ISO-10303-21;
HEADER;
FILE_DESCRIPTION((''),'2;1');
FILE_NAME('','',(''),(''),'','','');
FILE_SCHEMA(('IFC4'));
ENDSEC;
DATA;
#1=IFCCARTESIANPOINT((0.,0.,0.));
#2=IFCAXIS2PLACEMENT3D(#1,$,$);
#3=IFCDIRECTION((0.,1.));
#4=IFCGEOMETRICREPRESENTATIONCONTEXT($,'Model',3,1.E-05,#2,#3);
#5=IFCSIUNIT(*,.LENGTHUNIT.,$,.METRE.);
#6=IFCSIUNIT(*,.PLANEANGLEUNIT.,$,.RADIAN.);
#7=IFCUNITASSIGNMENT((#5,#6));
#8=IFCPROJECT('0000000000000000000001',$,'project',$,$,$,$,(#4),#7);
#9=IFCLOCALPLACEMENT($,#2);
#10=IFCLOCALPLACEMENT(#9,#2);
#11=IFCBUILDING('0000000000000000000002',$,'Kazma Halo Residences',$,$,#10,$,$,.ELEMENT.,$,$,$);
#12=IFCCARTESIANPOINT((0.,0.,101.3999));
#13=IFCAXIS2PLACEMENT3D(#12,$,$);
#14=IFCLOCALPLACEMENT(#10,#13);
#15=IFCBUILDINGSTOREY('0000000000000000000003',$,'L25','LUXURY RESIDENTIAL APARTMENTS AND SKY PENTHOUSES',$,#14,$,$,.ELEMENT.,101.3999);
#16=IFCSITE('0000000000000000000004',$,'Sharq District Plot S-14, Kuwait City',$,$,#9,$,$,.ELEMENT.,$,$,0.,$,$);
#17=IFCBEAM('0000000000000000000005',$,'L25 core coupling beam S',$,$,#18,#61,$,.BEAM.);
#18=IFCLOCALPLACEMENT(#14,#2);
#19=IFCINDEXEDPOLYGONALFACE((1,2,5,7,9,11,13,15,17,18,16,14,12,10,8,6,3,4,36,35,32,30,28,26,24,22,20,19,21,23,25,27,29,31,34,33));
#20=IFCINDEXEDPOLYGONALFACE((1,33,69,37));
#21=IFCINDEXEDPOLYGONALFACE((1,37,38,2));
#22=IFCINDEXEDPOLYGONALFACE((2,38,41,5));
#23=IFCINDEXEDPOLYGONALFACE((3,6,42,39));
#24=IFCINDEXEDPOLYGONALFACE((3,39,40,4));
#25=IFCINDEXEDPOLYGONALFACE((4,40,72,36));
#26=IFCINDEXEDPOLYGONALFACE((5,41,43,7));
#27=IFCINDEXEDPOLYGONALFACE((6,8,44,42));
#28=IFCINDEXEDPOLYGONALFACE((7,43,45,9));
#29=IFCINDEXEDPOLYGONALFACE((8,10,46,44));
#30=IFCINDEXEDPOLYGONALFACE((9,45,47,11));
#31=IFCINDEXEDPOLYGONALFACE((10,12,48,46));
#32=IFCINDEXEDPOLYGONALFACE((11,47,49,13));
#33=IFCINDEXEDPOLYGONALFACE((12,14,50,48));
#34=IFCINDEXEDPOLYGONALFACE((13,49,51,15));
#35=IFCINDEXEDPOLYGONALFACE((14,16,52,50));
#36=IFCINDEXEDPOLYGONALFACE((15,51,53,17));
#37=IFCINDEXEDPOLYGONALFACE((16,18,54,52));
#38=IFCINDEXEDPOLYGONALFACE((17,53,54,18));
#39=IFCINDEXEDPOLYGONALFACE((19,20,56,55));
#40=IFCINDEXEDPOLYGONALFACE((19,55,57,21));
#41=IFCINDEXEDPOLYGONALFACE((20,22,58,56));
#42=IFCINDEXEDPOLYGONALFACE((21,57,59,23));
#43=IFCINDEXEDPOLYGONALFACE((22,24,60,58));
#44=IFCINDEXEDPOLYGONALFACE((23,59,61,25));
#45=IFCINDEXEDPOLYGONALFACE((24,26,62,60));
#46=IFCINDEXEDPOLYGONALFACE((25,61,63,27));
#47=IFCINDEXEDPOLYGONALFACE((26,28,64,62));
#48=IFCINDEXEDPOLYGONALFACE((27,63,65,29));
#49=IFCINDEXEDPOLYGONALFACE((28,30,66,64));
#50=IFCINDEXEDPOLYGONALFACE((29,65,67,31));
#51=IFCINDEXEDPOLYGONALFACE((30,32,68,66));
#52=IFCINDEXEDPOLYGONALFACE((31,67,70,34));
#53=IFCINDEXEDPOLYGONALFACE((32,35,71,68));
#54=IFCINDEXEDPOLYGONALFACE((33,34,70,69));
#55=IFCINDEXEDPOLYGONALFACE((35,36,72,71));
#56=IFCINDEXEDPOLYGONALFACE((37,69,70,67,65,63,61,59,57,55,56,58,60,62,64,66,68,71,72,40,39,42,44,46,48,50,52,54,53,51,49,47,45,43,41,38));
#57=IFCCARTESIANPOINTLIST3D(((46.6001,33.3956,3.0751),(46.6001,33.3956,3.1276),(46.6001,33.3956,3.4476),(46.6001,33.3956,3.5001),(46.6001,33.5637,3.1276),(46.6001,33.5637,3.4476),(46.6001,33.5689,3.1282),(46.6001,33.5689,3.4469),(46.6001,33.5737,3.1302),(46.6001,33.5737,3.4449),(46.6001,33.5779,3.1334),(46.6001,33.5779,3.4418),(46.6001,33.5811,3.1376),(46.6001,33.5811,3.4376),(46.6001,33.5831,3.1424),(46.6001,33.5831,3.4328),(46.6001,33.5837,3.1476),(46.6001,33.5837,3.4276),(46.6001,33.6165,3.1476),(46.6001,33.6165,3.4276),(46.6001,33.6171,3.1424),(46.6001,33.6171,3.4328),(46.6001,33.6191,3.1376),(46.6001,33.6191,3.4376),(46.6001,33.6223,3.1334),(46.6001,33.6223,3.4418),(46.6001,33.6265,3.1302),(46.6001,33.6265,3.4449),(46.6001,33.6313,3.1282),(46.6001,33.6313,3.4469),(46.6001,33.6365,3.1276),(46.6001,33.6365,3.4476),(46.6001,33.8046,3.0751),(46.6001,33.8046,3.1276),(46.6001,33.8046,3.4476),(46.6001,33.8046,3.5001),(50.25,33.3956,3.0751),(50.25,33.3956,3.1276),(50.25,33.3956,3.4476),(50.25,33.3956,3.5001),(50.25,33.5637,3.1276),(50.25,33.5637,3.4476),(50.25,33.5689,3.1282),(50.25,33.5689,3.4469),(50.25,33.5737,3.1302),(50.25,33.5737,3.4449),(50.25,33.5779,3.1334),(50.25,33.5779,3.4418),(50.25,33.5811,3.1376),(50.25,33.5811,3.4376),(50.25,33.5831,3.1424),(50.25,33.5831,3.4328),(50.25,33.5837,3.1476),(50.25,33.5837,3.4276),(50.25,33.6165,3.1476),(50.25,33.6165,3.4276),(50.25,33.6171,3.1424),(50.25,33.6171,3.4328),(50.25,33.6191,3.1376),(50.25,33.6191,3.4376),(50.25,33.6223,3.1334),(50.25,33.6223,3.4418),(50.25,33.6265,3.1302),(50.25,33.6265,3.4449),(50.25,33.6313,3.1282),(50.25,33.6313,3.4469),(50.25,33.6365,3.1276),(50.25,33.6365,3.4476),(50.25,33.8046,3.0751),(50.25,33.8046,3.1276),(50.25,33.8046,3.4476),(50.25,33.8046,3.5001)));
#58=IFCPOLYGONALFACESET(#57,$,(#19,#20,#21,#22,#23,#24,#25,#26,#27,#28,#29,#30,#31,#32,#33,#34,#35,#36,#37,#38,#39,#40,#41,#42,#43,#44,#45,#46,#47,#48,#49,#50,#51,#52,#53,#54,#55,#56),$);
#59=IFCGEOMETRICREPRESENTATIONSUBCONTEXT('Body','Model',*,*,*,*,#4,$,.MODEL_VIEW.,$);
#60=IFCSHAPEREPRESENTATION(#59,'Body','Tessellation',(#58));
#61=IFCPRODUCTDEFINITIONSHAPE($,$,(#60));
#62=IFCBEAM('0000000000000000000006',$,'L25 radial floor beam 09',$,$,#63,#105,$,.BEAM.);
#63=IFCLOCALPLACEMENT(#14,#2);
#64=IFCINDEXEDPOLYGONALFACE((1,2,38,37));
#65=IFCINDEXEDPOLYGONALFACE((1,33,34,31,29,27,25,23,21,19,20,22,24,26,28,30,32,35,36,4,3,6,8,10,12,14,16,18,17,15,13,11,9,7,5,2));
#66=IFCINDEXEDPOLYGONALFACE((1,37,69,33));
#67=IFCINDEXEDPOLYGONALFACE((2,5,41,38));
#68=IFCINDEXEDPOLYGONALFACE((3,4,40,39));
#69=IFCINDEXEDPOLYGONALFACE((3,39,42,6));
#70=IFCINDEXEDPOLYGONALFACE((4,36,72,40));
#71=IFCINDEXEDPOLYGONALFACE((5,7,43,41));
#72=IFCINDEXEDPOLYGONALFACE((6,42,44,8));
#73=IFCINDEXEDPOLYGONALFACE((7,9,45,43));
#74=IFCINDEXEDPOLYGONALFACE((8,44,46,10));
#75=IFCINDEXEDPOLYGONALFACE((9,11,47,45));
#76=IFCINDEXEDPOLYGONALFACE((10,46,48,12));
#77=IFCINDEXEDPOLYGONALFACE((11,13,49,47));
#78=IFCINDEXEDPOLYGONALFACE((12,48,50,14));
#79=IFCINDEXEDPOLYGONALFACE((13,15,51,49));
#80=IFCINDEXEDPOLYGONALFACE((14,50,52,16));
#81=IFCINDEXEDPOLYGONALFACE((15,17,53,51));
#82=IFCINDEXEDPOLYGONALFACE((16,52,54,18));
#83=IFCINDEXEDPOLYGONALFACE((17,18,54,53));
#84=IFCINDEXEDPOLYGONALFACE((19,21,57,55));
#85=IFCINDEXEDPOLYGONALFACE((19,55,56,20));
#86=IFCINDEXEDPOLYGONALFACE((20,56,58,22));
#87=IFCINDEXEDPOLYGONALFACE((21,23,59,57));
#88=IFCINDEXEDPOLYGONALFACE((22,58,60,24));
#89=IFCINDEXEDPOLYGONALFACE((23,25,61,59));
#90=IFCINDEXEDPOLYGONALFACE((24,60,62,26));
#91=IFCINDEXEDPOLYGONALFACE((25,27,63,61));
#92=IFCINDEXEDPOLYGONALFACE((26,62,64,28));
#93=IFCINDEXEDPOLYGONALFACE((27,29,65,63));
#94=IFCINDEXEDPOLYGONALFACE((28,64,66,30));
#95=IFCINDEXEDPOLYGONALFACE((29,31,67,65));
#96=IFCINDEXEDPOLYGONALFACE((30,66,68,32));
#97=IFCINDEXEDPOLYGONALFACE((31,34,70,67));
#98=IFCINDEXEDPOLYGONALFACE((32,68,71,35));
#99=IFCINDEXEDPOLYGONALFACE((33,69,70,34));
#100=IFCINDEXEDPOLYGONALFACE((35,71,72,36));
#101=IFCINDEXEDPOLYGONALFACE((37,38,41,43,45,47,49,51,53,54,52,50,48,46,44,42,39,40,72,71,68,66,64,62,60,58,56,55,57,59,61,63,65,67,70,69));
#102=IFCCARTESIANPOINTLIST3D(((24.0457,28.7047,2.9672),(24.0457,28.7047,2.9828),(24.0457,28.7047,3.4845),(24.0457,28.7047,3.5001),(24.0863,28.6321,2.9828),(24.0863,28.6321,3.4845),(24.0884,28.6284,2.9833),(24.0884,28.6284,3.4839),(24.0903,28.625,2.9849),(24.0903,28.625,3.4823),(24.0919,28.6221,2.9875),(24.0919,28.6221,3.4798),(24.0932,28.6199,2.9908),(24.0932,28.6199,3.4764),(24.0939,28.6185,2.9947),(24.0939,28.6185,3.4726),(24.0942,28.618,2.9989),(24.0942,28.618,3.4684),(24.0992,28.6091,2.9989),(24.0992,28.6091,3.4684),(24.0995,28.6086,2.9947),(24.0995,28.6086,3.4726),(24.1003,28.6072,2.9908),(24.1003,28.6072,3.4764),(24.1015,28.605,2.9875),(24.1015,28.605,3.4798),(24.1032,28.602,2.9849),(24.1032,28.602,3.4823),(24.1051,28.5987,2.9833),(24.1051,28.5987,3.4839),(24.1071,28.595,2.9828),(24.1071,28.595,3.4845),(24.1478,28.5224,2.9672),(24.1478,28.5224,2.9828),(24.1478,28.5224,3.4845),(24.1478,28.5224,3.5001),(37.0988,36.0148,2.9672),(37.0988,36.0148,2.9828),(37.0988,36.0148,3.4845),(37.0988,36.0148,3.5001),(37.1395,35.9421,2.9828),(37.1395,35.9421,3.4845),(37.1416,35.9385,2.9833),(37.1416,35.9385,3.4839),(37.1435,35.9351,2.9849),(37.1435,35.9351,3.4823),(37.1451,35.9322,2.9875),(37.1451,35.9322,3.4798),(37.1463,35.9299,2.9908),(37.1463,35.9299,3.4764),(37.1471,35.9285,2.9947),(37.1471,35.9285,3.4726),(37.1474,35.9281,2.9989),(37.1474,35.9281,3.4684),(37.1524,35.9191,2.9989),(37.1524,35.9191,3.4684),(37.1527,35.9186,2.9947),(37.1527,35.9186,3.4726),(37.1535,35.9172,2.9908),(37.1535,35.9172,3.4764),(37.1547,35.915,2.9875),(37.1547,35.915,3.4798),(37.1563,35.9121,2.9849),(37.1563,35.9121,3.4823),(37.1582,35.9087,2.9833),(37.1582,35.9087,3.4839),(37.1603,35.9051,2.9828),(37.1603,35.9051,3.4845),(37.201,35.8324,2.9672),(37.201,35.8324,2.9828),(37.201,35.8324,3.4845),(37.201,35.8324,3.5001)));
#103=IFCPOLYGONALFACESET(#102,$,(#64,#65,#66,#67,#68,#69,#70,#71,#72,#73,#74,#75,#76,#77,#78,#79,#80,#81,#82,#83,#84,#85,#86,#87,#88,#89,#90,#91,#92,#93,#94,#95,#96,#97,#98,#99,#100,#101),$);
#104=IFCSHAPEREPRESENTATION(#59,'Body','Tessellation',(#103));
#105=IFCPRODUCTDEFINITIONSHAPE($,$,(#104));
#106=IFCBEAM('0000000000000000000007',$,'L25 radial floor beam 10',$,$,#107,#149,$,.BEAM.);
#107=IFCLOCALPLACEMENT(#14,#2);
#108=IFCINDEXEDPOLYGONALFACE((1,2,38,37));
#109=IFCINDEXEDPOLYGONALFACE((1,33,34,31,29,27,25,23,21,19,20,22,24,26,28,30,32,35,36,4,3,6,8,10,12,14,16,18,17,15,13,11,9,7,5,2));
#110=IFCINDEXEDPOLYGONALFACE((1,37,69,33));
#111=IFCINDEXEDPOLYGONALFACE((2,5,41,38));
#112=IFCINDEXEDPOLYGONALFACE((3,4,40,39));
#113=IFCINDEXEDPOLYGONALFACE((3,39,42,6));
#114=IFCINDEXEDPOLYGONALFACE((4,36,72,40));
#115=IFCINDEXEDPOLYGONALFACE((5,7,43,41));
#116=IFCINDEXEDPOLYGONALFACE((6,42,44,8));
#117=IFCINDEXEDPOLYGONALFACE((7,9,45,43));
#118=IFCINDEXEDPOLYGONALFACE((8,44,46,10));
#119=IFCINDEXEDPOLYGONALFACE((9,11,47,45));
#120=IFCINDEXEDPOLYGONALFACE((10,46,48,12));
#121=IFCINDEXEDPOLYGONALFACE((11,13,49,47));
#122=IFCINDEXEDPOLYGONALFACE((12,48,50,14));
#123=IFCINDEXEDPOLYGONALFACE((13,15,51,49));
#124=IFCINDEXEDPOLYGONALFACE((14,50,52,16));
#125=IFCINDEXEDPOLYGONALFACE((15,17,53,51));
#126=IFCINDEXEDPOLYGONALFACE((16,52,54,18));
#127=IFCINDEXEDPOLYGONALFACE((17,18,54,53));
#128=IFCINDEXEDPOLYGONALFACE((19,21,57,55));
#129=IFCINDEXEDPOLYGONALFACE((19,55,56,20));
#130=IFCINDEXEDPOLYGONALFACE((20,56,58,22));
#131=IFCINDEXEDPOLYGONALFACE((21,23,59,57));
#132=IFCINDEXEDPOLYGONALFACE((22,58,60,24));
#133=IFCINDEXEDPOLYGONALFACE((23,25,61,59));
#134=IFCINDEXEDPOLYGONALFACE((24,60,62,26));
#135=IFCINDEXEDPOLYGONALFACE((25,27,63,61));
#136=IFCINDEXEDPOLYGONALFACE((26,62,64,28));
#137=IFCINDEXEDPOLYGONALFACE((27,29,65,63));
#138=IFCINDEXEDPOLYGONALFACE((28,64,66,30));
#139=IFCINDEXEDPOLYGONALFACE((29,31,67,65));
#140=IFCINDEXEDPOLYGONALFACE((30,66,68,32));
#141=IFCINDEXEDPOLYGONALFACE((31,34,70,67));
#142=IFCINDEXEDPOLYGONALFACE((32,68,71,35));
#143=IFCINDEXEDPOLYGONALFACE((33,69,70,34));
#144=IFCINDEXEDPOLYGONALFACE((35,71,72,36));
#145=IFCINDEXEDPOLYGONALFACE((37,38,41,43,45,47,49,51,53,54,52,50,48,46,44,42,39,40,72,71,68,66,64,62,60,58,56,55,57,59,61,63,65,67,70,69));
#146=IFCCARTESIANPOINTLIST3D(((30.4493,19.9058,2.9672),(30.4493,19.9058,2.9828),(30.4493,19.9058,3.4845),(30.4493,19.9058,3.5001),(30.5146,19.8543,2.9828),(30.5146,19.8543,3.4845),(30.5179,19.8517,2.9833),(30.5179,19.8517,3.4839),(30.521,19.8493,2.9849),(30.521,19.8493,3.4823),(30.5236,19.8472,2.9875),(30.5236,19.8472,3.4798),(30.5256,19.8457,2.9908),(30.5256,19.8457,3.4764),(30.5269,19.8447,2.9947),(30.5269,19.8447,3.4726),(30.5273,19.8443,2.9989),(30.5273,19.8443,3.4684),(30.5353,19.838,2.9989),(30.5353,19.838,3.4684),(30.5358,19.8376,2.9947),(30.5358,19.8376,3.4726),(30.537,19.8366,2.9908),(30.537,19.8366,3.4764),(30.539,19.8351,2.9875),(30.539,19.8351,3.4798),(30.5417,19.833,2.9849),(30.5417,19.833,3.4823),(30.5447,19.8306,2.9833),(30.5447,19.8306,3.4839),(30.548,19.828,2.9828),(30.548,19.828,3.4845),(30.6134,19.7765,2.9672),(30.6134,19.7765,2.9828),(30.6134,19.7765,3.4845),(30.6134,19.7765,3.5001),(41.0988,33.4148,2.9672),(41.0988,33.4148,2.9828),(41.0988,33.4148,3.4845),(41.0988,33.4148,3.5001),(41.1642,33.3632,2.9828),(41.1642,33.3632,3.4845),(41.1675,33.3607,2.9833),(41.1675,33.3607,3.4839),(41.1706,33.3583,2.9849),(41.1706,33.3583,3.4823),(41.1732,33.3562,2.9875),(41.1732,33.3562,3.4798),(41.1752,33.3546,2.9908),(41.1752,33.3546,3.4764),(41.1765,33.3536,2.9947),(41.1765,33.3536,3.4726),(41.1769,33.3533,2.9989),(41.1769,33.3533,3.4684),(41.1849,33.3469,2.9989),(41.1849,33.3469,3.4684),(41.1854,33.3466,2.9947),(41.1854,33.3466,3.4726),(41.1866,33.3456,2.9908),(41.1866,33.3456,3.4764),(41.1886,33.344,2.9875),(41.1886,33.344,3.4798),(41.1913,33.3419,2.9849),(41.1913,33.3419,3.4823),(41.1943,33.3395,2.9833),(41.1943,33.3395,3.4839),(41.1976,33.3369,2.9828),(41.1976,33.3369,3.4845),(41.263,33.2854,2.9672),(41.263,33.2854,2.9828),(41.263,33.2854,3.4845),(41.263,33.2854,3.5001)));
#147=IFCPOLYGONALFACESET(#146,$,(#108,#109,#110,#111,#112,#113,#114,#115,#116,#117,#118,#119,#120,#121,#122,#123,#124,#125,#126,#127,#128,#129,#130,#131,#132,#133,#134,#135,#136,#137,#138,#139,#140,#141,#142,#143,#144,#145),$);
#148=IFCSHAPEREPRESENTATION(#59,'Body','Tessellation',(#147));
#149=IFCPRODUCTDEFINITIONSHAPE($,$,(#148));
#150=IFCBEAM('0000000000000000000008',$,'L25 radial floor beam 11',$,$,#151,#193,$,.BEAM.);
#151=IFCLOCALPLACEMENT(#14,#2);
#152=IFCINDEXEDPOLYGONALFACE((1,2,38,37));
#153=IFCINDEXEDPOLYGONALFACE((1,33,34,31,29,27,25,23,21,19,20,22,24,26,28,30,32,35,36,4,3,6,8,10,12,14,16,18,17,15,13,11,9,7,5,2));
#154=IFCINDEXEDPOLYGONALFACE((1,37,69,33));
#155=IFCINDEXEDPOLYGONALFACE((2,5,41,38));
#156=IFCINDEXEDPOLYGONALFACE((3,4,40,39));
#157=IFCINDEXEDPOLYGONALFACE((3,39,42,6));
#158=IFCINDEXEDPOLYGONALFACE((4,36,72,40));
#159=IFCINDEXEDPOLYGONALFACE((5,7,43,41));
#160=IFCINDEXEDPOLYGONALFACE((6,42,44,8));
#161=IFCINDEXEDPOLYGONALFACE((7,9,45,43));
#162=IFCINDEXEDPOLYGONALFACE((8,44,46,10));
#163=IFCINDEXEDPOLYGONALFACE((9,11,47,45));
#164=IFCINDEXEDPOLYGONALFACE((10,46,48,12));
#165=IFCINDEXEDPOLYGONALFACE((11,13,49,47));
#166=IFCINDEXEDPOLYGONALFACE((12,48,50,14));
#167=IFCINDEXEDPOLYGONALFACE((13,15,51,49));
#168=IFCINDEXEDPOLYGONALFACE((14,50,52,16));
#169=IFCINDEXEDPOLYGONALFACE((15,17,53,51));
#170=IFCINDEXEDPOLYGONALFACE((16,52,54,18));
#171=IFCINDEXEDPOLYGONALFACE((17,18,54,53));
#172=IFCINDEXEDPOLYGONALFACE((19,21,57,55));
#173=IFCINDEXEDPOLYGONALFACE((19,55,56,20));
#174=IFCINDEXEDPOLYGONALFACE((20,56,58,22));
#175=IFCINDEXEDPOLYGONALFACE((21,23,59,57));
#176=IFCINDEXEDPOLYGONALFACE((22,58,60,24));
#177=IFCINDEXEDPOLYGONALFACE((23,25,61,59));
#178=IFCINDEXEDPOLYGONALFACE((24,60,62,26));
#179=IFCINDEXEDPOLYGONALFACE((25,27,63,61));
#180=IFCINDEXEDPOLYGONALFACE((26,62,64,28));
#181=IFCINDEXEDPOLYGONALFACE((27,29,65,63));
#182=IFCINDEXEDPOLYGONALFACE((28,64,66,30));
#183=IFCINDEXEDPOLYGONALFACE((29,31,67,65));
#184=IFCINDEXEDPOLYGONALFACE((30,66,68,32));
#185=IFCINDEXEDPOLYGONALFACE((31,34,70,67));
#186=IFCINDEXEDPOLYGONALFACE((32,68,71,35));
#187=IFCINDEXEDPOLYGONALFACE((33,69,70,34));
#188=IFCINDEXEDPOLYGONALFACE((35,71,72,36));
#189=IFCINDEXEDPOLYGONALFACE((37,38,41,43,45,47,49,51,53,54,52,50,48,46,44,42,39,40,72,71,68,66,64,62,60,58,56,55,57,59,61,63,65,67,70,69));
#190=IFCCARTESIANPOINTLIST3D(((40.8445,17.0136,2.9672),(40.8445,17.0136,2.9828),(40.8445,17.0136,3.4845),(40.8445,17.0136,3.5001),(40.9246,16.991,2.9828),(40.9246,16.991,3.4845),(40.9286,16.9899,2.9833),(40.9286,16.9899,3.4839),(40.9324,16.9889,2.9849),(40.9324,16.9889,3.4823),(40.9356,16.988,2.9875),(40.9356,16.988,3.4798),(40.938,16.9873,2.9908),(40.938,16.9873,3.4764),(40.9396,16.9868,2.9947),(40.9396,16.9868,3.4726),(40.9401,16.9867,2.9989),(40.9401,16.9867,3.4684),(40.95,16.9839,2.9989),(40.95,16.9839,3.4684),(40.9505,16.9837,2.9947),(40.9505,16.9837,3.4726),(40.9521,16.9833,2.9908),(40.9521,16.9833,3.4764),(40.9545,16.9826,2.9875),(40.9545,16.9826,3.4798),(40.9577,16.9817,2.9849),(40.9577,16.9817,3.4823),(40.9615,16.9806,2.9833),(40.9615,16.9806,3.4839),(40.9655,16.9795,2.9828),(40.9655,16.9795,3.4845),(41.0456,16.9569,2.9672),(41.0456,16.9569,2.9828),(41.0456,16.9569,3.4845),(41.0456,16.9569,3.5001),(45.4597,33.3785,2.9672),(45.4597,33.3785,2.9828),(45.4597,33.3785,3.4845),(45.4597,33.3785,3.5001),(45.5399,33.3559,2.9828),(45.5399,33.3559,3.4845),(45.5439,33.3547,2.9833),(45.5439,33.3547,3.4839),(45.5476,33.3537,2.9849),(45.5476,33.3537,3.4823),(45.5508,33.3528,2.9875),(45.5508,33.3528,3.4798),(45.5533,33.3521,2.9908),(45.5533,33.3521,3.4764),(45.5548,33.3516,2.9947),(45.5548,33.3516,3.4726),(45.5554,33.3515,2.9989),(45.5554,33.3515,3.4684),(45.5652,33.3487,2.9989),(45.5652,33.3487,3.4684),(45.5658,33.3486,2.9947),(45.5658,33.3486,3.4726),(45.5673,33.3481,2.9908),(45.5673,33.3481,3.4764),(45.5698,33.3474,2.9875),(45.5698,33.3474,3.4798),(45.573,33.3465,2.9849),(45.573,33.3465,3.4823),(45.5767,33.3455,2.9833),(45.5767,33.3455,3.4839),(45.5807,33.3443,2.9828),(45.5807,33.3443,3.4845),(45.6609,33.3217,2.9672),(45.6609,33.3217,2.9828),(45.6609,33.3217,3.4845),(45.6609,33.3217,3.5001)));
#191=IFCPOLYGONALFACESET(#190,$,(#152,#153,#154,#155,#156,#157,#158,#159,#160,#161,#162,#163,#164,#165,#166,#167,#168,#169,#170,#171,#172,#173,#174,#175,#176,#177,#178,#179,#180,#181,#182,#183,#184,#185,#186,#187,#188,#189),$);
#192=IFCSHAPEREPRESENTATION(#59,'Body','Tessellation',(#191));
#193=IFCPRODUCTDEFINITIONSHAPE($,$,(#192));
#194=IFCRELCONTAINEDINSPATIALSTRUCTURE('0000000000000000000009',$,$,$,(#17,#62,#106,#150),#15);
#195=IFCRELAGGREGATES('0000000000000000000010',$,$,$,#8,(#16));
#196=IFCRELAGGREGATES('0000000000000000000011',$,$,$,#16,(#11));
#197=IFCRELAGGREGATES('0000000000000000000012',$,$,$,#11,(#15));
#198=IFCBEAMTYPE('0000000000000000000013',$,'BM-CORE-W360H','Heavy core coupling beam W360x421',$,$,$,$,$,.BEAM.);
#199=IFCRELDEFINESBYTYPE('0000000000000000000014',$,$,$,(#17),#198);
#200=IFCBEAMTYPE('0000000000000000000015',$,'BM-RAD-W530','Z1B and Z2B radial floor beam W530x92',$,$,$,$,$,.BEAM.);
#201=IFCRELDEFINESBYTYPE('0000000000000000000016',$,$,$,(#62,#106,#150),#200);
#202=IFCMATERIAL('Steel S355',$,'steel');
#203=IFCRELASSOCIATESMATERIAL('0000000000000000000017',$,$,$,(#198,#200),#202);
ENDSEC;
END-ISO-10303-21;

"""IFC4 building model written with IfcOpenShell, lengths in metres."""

from ifc_helpers import new_model, si_unit, direction, frame, origin, origin_2d, place, context, subcontext, project, spatial, i_section, extrude, material, material_profile, profile_set, type_object, element, save


model = new_model("IFC4")

# Units and contexts
model_context = context("Model", 3, precision=1e-05, world=origin(), true_north=direction((0.0, 1.0)))
body_context = subcontext(model_context, "Body", "Model", "MODEL_VIEW")
ifc_project = project(units=[si_unit("LENGTHUNIT", "METRE"), si_unit("PLANEANGLEUNIT", "RADIAN")], contexts=[model_context])

# Site, building, storey
site_placement = place(None, origin())
site = spatial("IfcSite", under=ifc_project, at=site_placement, Name="Sharq District Plot S-14, Kuwait City", CompositionType="ELEMENT", RefElevation=0.0)
building_placement = place(site_placement, origin())
building = spatial("IfcBuilding", under=site, at=building_placement, Name="Kazma Halo Residences", CompositionType="ELEMENT")
storey_placement = place(building_placement, frame((0.0, 0.0, 101.3999)))
storey = spatial("IfcBuildingStorey", under=building, at=storey_placement, Name="L25", Description="LUXURY RESIDENTIAL APARTMENTS AND SKY PENTHOUSES", CompositionType="ELEMENT", Elevation=101.3999)

# Beams
ifc_material_1 = material(Name="Steel S355", Category="steel")
ifc_material_profile_1 = material_profile(ifc_material_1, i_section(OverallWidth=0.4089, OverallDepth=0.425, WebThickness=0.0327, FlangeThickness=0.0525, FilletRadius=0.02, at=origin_2d()), Name="W360x421")
ifc_profile_set_1 = profile_set([ifc_material_profile_1], Name="Steel S355")
beam_type_1 = type_object("IfcBeamType", Name="BM-CORE-W360H", Description="Heavy core coupling beam W360x421", PredefinedType="BEAM", material=ifc_profile_set_1)
beam_1_placement = place(storey_placement, frame((46.6001, 33.6001, 3.2876), z_axis=(1.0, 0.0, 0.0), x_axis=(0.0, 1.0, 0.0)))
element("IfcBeam", 1, at=beam_1_placement, inside=storey, type_object=beam_type_1, Name="L25 core coupling beam S", PredefinedType="BEAM", context=body_context, shape_type="SweptSolid", body=[
    extrude(i_section(OverallWidth=0.4089, OverallDepth=0.425, WebThickness=0.0327, FlangeThickness=0.0525, FilletRadius=0.02, at=origin_2d()), origin(), (0.0, 0.0, 1.0), 3.6499),
])
ifc_material_profile_2 = material_profile(ifc_material_1, i_section(OverallWidth=0.209, OverallDepth=0.533, WebThickness=0.0103, FlangeThickness=0.0156, FilletRadius=0.0161, at=origin_2d()), Name="W530x92")
ifc_profile_set_2 = profile_set([ifc_material_profile_2], Name="Steel S355")
beam_type_2 = type_object("IfcBeamType", Name="BM-RAD-W530", Description="Z1B and Z2B radial floor beam W530x92", PredefinedType="BEAM", material=ifc_profile_set_2)
beam_2_placement = place(storey_placement, frame((37.1499, 35.9236, 3.2336), z_axis=(-0.872499, -0.488616, 0.0), x_axis=(0.488616, -0.872499, 0.0)))
element("IfcBeam", 2, at=beam_2_placement, inside=storey, type_object=beam_type_2, Name="L25 radial floor beam 09", PredefinedType="BEAM", context=body_context, shape_type="SweptSolid", body=[
    extrude(i_section(OverallWidth=0.209, OverallDepth=0.533, WebThickness=0.0103, FlangeThickness=0.0156, FilletRadius=0.0161, at=origin_2d()), origin(), (0.0, 0.0, 1.0), 14.9607),
])
beam_3_placement = place(storey_placement, frame((41.1809, 33.3501, 3.2336), z_axis=(-0.619094, -0.785317, 0.0), x_axis=(0.785317, -0.619094, 0.0)))
element("IfcBeam", 3, at=beam_3_placement, inside=storey, type_object=beam_type_2, Name="L25 radial floor beam 10", PredefinedType="BEAM", context=body_context, shape_type="SweptSolid", body=[
    extrude(i_section(OverallWidth=0.209, OverallDepth=0.533, WebThickness=0.0103, FlangeThickness=0.0156, FilletRadius=0.0161, at=origin_2d()), origin(), (0.0, 0.0, 1.0), 17.2019),
])
beam_4_placement = place(storey_placement, frame((45.5603, 33.3501, 3.2336), z_axis=(-0.271435, -0.962457, 0.0), x_axis=(0.962457, -0.271435, 0.0)))
element("IfcBeam", 4, at=beam_4_placement, inside=storey, type_object=beam_type_2, Name="L25 radial floor beam 11", PredefinedType="BEAM", context=body_context, shape_type="SweptSolid", body=[
    extrude(i_section(OverallWidth=0.209, OverallDepth=0.533, WebThickness=0.0103, FlangeThickness=0.0156, FilletRadius=0.0161, at=origin_2d()), origin(), (0.0, 0.0, 1.0), 17.0032),
])

save(model, "model.ifc")
